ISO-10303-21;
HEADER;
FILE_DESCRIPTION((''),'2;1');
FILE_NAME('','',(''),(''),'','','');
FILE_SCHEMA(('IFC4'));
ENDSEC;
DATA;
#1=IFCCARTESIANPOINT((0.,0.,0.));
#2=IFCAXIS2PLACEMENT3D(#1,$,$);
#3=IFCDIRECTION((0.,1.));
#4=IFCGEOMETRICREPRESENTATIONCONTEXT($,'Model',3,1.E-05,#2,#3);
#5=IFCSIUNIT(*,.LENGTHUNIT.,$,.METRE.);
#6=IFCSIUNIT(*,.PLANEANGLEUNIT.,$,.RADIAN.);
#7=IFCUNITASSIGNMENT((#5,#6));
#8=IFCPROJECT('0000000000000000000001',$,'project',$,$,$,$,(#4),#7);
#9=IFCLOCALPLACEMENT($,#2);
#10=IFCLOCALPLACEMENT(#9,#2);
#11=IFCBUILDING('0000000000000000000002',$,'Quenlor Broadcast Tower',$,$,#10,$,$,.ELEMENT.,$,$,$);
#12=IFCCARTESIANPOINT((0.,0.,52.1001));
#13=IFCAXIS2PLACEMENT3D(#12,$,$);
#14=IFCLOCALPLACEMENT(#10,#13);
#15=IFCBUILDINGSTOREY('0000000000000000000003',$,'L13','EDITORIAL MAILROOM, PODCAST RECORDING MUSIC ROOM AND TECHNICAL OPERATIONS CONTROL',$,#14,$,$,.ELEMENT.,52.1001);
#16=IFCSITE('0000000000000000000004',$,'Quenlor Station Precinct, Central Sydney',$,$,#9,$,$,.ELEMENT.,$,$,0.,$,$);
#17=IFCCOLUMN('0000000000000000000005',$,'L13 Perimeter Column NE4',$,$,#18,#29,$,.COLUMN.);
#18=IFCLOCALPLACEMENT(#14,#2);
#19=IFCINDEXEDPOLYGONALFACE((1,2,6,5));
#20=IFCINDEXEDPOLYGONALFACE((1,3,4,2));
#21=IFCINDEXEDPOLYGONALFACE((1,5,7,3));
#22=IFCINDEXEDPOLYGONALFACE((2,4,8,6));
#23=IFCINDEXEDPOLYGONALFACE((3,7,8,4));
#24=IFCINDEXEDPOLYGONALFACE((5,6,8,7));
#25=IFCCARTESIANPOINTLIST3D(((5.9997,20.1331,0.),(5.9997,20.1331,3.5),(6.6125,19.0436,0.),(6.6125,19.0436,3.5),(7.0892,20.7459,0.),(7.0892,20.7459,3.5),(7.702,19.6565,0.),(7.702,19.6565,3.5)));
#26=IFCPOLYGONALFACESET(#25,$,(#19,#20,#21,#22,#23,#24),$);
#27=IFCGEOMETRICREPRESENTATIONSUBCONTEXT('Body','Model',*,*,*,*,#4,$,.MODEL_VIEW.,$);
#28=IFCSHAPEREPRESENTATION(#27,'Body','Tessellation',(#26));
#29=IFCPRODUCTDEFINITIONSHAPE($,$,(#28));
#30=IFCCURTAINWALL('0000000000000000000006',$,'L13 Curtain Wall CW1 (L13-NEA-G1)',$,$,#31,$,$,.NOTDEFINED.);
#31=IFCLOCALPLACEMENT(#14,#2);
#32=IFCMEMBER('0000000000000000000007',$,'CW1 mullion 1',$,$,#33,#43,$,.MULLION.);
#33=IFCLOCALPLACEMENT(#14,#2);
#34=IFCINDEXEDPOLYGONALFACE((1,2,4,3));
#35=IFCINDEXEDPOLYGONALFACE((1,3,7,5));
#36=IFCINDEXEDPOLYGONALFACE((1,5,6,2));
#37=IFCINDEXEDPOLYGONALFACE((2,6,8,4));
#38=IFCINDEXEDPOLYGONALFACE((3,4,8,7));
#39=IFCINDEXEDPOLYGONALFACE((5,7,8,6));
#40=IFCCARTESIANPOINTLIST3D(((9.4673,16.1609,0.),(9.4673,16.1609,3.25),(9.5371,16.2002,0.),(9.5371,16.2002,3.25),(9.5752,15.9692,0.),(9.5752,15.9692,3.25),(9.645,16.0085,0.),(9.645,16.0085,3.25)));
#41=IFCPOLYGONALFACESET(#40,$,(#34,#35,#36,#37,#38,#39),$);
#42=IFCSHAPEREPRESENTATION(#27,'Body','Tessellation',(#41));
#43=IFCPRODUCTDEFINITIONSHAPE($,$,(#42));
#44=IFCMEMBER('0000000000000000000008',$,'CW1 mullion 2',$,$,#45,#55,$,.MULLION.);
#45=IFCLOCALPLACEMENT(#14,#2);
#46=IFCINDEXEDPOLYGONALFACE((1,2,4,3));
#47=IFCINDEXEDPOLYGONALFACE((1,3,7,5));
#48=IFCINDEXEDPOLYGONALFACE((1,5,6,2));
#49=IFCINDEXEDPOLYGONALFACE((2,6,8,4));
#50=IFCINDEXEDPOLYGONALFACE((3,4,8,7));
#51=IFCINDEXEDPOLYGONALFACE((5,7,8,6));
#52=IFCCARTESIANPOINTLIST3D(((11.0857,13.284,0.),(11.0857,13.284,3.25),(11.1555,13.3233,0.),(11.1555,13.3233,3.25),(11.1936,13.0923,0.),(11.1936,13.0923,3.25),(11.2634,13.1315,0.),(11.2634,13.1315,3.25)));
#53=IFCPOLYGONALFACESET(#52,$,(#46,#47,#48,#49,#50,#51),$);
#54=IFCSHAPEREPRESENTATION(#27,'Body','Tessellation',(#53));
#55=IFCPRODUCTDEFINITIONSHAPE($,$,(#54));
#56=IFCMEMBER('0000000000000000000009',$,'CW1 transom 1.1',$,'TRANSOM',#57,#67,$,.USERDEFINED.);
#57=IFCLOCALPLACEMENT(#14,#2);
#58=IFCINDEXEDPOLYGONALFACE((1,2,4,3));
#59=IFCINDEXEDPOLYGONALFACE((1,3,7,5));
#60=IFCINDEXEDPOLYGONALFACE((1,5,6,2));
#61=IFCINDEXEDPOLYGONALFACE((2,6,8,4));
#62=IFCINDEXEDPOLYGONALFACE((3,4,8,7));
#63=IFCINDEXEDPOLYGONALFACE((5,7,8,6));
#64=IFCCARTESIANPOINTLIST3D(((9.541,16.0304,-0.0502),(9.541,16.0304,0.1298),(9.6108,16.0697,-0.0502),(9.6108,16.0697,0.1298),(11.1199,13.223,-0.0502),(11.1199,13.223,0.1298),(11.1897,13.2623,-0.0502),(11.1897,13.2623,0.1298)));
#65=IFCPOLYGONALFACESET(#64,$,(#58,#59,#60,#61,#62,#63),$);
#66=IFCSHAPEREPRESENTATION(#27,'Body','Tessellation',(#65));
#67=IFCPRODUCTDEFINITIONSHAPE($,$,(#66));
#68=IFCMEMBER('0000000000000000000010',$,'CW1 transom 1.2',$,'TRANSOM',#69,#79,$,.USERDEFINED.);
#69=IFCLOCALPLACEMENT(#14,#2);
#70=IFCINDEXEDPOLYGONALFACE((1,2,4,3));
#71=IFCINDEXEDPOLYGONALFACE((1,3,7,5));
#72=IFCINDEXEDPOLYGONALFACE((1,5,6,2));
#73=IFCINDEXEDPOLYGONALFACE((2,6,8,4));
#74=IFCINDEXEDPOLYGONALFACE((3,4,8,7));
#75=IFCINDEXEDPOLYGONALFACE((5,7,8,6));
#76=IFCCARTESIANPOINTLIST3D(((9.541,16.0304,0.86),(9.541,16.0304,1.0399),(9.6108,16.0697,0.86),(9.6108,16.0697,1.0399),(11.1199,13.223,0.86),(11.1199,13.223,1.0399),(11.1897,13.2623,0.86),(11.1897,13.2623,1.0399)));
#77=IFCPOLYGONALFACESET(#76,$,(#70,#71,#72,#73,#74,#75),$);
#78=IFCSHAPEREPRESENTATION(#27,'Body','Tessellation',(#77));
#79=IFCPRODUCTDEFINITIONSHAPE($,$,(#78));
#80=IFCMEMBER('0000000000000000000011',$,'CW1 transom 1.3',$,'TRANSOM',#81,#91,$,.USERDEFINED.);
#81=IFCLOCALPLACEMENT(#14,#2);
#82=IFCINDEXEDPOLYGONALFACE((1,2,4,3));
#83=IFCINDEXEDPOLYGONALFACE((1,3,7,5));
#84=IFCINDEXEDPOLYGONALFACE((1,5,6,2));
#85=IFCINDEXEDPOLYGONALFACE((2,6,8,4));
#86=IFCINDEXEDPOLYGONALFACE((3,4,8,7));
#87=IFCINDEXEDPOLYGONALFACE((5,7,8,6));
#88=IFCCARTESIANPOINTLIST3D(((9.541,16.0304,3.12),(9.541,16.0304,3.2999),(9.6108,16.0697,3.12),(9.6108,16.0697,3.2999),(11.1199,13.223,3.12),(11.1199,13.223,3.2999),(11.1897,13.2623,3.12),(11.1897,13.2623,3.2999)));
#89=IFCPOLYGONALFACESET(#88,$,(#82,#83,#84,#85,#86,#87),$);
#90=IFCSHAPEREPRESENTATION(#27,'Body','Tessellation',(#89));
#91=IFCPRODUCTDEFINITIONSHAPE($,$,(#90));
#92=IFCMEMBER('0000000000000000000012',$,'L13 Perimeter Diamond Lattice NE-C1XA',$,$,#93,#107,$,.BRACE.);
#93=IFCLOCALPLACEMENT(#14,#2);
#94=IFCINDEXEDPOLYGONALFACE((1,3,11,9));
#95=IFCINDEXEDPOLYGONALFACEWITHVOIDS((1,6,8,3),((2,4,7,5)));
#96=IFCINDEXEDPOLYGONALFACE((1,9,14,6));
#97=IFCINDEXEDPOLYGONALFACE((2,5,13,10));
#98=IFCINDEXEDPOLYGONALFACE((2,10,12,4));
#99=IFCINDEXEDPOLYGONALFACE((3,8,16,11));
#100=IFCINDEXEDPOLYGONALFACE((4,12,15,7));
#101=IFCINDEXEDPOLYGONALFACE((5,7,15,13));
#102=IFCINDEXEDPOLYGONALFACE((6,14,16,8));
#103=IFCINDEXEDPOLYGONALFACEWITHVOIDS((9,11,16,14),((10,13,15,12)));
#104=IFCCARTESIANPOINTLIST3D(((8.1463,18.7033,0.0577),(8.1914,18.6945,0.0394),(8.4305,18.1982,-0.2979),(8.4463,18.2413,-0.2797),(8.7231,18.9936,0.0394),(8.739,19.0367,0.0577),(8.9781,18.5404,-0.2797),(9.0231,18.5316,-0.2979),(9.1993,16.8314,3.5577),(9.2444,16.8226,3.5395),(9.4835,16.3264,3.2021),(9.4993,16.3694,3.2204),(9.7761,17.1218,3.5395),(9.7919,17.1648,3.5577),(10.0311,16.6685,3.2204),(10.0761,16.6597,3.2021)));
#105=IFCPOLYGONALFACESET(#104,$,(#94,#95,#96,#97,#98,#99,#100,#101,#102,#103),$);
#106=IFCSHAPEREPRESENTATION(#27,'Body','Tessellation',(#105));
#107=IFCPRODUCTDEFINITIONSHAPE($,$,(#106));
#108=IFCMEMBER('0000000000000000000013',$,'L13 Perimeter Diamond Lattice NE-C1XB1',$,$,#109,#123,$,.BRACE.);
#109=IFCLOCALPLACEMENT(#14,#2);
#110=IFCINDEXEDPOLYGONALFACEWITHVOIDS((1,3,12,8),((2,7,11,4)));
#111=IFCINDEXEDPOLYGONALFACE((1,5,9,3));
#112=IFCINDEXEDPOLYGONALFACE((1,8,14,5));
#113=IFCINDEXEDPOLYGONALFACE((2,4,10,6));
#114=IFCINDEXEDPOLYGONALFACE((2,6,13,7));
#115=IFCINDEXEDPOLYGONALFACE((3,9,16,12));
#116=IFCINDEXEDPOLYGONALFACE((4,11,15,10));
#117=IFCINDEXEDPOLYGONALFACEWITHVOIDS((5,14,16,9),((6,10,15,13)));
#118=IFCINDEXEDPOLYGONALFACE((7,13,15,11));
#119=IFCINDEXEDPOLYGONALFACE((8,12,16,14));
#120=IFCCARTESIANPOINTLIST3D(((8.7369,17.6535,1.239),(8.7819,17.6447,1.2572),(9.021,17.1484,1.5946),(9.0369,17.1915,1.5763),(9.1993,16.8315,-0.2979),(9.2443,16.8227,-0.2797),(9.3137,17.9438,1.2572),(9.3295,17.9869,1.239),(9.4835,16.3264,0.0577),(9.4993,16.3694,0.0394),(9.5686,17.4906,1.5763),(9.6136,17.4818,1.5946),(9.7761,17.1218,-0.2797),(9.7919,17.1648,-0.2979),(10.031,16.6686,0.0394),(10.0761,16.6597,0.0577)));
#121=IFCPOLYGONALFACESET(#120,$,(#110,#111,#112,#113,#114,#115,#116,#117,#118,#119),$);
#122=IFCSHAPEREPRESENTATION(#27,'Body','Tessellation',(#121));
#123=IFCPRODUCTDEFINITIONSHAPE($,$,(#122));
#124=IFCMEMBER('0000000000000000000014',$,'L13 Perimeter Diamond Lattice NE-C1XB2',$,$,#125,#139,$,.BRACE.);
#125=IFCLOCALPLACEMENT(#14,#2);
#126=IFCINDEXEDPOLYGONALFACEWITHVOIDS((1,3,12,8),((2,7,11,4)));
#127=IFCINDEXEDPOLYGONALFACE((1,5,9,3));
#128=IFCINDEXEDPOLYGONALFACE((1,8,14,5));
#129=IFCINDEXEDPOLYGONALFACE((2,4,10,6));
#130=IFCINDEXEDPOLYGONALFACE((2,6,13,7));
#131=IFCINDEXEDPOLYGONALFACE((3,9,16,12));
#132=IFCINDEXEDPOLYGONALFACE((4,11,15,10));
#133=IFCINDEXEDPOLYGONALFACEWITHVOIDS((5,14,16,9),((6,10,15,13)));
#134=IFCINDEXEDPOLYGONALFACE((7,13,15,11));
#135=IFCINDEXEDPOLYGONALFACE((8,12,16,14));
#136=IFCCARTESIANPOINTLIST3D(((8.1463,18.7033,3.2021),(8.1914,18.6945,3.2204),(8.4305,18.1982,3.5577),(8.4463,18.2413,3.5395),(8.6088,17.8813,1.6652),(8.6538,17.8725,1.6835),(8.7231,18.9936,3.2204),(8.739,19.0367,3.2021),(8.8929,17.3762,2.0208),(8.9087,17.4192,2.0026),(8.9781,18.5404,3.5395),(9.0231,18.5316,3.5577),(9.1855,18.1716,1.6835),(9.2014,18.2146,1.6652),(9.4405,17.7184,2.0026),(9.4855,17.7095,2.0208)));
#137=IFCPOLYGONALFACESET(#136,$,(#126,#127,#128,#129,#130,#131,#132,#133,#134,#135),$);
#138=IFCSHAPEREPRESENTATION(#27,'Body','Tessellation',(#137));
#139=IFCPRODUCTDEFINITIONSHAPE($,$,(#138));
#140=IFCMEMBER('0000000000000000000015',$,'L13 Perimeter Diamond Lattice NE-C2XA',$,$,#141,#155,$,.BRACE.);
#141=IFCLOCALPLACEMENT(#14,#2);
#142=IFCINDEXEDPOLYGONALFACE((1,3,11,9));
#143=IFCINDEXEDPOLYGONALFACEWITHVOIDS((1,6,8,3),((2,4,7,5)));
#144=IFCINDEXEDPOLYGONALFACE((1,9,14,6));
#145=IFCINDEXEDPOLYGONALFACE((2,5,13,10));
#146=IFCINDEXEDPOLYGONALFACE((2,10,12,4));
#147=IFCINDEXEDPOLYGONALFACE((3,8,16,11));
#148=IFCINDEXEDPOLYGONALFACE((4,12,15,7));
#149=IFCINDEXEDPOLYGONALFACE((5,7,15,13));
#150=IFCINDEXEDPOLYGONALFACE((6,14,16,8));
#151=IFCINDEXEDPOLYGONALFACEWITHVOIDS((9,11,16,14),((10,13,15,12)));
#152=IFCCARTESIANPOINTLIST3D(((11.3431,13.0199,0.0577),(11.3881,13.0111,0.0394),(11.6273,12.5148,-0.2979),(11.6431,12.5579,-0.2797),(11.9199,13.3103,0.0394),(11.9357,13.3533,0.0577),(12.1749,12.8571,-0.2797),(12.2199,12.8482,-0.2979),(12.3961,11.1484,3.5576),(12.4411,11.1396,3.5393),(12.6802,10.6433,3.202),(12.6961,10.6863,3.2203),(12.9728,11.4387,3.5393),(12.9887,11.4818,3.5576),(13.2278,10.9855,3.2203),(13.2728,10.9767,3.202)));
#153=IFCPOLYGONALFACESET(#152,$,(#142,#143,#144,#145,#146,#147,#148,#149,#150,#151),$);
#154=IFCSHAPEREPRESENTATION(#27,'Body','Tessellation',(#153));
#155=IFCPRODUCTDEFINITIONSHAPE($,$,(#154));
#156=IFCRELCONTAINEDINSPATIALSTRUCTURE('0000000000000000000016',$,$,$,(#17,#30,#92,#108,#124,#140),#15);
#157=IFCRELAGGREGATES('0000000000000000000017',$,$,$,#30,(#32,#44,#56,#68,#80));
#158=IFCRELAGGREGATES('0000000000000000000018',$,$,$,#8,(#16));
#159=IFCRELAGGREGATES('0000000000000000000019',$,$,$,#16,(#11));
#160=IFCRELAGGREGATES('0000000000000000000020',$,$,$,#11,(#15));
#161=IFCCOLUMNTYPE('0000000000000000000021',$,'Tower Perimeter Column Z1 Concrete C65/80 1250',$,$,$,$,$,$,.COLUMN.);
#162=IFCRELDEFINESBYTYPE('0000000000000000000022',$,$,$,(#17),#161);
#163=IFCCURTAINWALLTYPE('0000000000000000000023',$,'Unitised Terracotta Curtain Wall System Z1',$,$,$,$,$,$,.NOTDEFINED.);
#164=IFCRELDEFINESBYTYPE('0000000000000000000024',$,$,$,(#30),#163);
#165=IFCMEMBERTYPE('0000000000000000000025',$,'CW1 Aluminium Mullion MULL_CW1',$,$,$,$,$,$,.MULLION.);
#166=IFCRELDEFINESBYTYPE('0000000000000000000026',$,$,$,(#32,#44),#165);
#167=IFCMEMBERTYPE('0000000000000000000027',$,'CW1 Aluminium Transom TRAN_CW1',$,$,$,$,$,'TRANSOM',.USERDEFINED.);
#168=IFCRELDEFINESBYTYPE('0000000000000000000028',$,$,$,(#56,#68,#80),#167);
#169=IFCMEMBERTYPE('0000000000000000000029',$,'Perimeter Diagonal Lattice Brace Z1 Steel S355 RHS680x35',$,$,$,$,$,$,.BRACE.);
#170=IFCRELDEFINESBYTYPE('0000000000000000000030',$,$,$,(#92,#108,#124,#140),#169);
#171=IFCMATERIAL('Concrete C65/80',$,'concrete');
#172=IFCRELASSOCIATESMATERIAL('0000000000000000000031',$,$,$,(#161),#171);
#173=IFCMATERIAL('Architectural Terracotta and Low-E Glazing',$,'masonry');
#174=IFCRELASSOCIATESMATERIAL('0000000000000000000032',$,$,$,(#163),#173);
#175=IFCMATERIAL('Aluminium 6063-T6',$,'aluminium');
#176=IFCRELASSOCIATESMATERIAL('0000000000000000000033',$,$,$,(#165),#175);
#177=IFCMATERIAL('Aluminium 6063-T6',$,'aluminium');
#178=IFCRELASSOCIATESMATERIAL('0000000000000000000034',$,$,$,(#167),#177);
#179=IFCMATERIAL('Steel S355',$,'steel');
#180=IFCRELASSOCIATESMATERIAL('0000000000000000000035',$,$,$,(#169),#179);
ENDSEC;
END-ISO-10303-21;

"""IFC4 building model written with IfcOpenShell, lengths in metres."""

from ifc_helpers import new_model, si_unit, direction, frame, origin, origin_2d, place, context, subcontext, project, spatial, rectangle, hollow_rectangle, extrude, material, material_profile, profile_set, type_object, element, aggregate, save


model = new_model("IFC4")

# Units and contexts
model_context = context("Model", 3, precision=1e-05, world=origin(), true_north=direction((0.0, 1.0)))
body_context = subcontext(model_context, "Body", "Model", "MODEL_VIEW")
ifc_project = project(units=[si_unit("LENGTHUNIT", "METRE"), si_unit("PLANEANGLEUNIT", "RADIAN")], contexts=[model_context])

# Site, building, storey
site_placement = place(None, origin())
site = spatial("IfcSite", under=ifc_project, at=site_placement, Name="Quenlor Station Precinct, Central Sydney", CompositionType="ELEMENT", RefElevation=0.0)
building_placement = place(site_placement, origin())
building = spatial("IfcBuilding", under=site, at=building_placement, Name="Quenlor Broadcast Tower", CompositionType="ELEMENT")
storey_placement = place(building_placement, frame((0.0, 0.0, 52.1001)))
storey = spatial("IfcBuildingStorey", under=building, at=storey_placement, Name="L13", Description="EDITORIAL MAILROOM, PODCAST RECORDING MUSIC ROOM AND TECHNICAL OPERATIONS CONTROL", CompositionType="ELEMENT", Elevation=52.1001)

# Column
ifc_material_1 = material(Name="Concrete C65/80", Category="concrete")
ifc_material_profile_1 = material_profile(ifc_material_1, rectangle(XDim=1.25, YDim=1.25, at=origin_2d()))
ifc_profile_set_1 = profile_set([ifc_material_profile_1], Name="Concrete C65/80 RC1250x1250")
column_type = type_object("IfcColumnType", Name="Tower Perimeter Column Z1 Concrete C65/80 1250", PredefinedType="COLUMN", material=ifc_profile_set_1)
column_placement = place(storey_placement, frame((6.8508, 19.8948, 0.0), z_axis=(0.0, 0.0, 1.0), x_axis=(0.871575, 0.490262, 0.0)))
element("IfcColumn", 1, at=column_placement, inside=storey, type_object=column_type, Name="L13 Perimeter Column NE4", PredefinedType="COLUMN", context=body_context, shape_type="SweptSolid", body=[
    extrude(rectangle(XDim=1.25, YDim=1.25, at=origin_2d()), origin(), (0.0, 0.0, 1.0), 3.5),
])

# Curtain wall, members
ifc_material_2 = material(Name="Architectural Terracotta and Low-E Glazing", Category="masonry")
curtain_wall_type = type_object("IfcCurtainWallType", Name="Unitised Terracotta Curtain Wall System Z1", PredefinedType="NOTDEFINED", material=ifc_material_2)
curtain_wall_placement = place(storey_placement, origin())
curtain_wall = element("IfcCurtainWall", 2, at=curtain_wall_placement, inside=storey, type_object=curtain_wall_type, Name="L13 Curtain Wall CW1 (L13-NEA-G1)", PredefinedType="NOTDEFINED")
ifc_material_3 = material(Name="Aluminium 6063-T6", Category="aluminium")
ifc_material_profile_2 = material_profile(ifc_material_3, rectangle(XDim=0.0801, YDim=0.22, at=origin_2d()))
ifc_profile_set_2 = profile_set([ifc_material_profile_2], Name="Aluminium 6063-T6 MULL80x220")
member_type_1 = type_object("IfcMemberType", Name="CW1 Aluminium Mullion MULL_CW1", PredefinedType="MULLION", material=ifc_profile_set_2)
member_1_placement = place(storey_placement, frame((9.5562, 16.0847, 0.0), z_axis=(0.0, 0.0, 1.0), x_axis=(0.871585, 0.490244, 0.0)))
member_1 = element("IfcMember", 3, at=member_1_placement, type_object=member_type_1, Name="CW1 mullion 1", PredefinedType="MULLION", context=body_context, shape_type="SweptSolid", body=[
    extrude(rectangle(XDim=0.0801, YDim=0.22, at=origin_2d()), origin(), (0.0, 0.0, 1.0), 3.25),
])
member_2_placement = place(storey_placement, frame((11.1746, 13.2078, 0.0), z_axis=(0.0, 0.0, 1.0), x_axis=(0.871585, 0.490244, 0.0)))
member_2 = element("IfcMember", 4, at=member_2_placement, type_object=member_type_1, Name="CW1 mullion 2", PredefinedType="MULLION", context=body_context, shape_type="SweptSolid", body=[
    extrude(rectangle(XDim=0.0801, YDim=0.22, at=origin_2d()), origin(), (0.0, 0.0, 1.0), 3.25),
])
ifc_material_4 = material(Name="Aluminium 6063-T6", Category="aluminium")
ifc_material_profile_3 = material_profile(ifc_material_4, rectangle(XDim=0.0801, YDim=0.1799, at=origin_2d()))
ifc_profile_set_3 = profile_set([ifc_material_profile_3], Name="Aluminium 6063-T6 TRAN80x180")
member_type_2 = type_object("IfcMemberType", Name="CW1 Aluminium Transom TRAN_CW1", ElementType="TRANSOM", PredefinedType="USERDEFINED", material=ifc_profile_set_3)
member_3_placement = place(storey_placement, frame((9.5759, 16.05, 0.0398), z_axis=(0.490193, -0.871614, 0.0), x_axis=(0.871614, 0.490193, 0.0)))
member_3 = element("IfcMember", 5, at=member_3_placement, type_object=member_type_2, Name="CW1 transom 1.1", ObjectType="TRANSOM", PredefinedType="USERDEFINED", context=body_context, shape_type="SweptSolid", body=[
    extrude(rectangle(XDim=0.0801, YDim=0.1799, at=origin_2d()), origin(), (0.0, 0.0, 1.0), 3.2209),
])
member_4_placement = place(storey_placement, frame((9.5759, 16.05, 0.95), z_axis=(0.490193, -0.871614, 0.0), x_axis=(0.871614, 0.490193, 0.0)))
member_4 = element("IfcMember", 6, at=member_4_placement, type_object=member_type_2, Name="CW1 transom 1.2", ObjectType="TRANSOM", PredefinedType="USERDEFINED", context=body_context, shape_type="SweptSolid", body=[
    extrude(rectangle(XDim=0.0801, YDim=0.1799, at=origin_2d()), origin(), (0.0, 0.0, 1.0), 3.2209),
])
member_5_placement = place(storey_placement, frame((9.5759, 16.05, 3.21), z_axis=(0.490193, -0.871614, 0.0), x_axis=(0.871614, 0.490193, 0.0)))
member_5 = element("IfcMember", 7, at=member_5_placement, type_object=member_type_2, Name="CW1 transom 1.3", ObjectType="TRANSOM", PredefinedType="USERDEFINED", context=body_context, shape_type="SweptSolid", body=[
    extrude(rectangle(XDim=0.0801, YDim=0.1799, at=origin_2d()), origin(), (0.0, 0.0, 1.0), 3.2209),
])

# Members
ifc_material_5 = material(Name="Steel S355", Category="steel")
ifc_material_profile_4 = material_profile(ifc_material_5, hollow_rectangle(XDim=0.6799, YDim=0.6799, WallThickness=0.0349, at=origin_2d()))
ifc_profile_set_4 = profile_set([ifc_material_profile_4], Name="Steel S355 RHS680x680x35")
member_type_3 = type_object("IfcMemberType", Name="Perimeter Diagonal Lattice Brace Z1 Steel S355 RHS680x35", PredefinedType="BRACE", material=ifc_profile_set_4)
member_6_placement = place(storey_placement, frame((8.5847, 18.6174, -0.1201), z_axis=(0.256424, -0.455832, 0.852329), x_axis=(0.87156, 0.490288, 0.0)))
element("IfcMember", 8, at=member_6_placement, inside=storey, type_object=member_type_3, Name="L13 Perimeter Diamond Lattice NE-C1XA", PredefinedType="BRACE", context=body_context, shape_type="SweptSolid", body=[
    extrude(hollow_rectangle(XDim=0.6799, YDim=0.6799, WallThickness=0.0349, at=origin_2d()), origin(), (0.0, 0.0, 1.0), 4.1064),
])
for number, where, z_axis, x_axis, name in (
    (9, (9.6377, 16.7456, -0.1201), (-0.256436, 0.455871, 0.852304), (-0.871569, -0.490274, 0.0), "L13 Perimeter Diamond Lattice NE-C1XB1"),
    (10, (9.0471, 17.7954, 1.843), (-0.256436, 0.455871, 0.852304), (-0.871569, -0.490274, 0.0), "L13 Perimeter Diamond Lattice NE-C1XB2"),
):
    element("IfcMember", number, at=place(storey_placement, frame(where, z_axis=z_axis, x_axis=x_axis)), inside=storey, type_object=member_type_3, Name=name, PredefinedType="BRACE", context=body_context, shape_type="SweptSolid", body=[
        extrude(hollow_rectangle(XDim=0.6799, YDim=0.6799, WallThickness=0.0349, at=origin_2d()), origin(), (0.0, 0.0, 1.0), 1.8032),
    ])
member_7_placement = place(storey_placement, frame((11.7815, 12.9341, -0.1201), z_axis=(0.256431, -0.455785, 0.852352), x_axis=(0.871533, 0.490337, 0.0)))
element("IfcMember", 11, at=member_7_placement, inside=storey, type_object=member_type_3, Name="L13 Perimeter Diamond Lattice NE-C2XA", PredefinedType="BRACE", context=body_context, shape_type="SweptSolid", body=[
    extrude(hollow_rectangle(XDim=0.6799, YDim=0.6799, WallThickness=0.0349, at=origin_2d()), origin(), (0.0, 0.0, 1.0), 4.1062),
])

aggregate(curtain_wall, [member_1, member_2, member_3, member_4, member_5])

save(model, "model.ifc")
